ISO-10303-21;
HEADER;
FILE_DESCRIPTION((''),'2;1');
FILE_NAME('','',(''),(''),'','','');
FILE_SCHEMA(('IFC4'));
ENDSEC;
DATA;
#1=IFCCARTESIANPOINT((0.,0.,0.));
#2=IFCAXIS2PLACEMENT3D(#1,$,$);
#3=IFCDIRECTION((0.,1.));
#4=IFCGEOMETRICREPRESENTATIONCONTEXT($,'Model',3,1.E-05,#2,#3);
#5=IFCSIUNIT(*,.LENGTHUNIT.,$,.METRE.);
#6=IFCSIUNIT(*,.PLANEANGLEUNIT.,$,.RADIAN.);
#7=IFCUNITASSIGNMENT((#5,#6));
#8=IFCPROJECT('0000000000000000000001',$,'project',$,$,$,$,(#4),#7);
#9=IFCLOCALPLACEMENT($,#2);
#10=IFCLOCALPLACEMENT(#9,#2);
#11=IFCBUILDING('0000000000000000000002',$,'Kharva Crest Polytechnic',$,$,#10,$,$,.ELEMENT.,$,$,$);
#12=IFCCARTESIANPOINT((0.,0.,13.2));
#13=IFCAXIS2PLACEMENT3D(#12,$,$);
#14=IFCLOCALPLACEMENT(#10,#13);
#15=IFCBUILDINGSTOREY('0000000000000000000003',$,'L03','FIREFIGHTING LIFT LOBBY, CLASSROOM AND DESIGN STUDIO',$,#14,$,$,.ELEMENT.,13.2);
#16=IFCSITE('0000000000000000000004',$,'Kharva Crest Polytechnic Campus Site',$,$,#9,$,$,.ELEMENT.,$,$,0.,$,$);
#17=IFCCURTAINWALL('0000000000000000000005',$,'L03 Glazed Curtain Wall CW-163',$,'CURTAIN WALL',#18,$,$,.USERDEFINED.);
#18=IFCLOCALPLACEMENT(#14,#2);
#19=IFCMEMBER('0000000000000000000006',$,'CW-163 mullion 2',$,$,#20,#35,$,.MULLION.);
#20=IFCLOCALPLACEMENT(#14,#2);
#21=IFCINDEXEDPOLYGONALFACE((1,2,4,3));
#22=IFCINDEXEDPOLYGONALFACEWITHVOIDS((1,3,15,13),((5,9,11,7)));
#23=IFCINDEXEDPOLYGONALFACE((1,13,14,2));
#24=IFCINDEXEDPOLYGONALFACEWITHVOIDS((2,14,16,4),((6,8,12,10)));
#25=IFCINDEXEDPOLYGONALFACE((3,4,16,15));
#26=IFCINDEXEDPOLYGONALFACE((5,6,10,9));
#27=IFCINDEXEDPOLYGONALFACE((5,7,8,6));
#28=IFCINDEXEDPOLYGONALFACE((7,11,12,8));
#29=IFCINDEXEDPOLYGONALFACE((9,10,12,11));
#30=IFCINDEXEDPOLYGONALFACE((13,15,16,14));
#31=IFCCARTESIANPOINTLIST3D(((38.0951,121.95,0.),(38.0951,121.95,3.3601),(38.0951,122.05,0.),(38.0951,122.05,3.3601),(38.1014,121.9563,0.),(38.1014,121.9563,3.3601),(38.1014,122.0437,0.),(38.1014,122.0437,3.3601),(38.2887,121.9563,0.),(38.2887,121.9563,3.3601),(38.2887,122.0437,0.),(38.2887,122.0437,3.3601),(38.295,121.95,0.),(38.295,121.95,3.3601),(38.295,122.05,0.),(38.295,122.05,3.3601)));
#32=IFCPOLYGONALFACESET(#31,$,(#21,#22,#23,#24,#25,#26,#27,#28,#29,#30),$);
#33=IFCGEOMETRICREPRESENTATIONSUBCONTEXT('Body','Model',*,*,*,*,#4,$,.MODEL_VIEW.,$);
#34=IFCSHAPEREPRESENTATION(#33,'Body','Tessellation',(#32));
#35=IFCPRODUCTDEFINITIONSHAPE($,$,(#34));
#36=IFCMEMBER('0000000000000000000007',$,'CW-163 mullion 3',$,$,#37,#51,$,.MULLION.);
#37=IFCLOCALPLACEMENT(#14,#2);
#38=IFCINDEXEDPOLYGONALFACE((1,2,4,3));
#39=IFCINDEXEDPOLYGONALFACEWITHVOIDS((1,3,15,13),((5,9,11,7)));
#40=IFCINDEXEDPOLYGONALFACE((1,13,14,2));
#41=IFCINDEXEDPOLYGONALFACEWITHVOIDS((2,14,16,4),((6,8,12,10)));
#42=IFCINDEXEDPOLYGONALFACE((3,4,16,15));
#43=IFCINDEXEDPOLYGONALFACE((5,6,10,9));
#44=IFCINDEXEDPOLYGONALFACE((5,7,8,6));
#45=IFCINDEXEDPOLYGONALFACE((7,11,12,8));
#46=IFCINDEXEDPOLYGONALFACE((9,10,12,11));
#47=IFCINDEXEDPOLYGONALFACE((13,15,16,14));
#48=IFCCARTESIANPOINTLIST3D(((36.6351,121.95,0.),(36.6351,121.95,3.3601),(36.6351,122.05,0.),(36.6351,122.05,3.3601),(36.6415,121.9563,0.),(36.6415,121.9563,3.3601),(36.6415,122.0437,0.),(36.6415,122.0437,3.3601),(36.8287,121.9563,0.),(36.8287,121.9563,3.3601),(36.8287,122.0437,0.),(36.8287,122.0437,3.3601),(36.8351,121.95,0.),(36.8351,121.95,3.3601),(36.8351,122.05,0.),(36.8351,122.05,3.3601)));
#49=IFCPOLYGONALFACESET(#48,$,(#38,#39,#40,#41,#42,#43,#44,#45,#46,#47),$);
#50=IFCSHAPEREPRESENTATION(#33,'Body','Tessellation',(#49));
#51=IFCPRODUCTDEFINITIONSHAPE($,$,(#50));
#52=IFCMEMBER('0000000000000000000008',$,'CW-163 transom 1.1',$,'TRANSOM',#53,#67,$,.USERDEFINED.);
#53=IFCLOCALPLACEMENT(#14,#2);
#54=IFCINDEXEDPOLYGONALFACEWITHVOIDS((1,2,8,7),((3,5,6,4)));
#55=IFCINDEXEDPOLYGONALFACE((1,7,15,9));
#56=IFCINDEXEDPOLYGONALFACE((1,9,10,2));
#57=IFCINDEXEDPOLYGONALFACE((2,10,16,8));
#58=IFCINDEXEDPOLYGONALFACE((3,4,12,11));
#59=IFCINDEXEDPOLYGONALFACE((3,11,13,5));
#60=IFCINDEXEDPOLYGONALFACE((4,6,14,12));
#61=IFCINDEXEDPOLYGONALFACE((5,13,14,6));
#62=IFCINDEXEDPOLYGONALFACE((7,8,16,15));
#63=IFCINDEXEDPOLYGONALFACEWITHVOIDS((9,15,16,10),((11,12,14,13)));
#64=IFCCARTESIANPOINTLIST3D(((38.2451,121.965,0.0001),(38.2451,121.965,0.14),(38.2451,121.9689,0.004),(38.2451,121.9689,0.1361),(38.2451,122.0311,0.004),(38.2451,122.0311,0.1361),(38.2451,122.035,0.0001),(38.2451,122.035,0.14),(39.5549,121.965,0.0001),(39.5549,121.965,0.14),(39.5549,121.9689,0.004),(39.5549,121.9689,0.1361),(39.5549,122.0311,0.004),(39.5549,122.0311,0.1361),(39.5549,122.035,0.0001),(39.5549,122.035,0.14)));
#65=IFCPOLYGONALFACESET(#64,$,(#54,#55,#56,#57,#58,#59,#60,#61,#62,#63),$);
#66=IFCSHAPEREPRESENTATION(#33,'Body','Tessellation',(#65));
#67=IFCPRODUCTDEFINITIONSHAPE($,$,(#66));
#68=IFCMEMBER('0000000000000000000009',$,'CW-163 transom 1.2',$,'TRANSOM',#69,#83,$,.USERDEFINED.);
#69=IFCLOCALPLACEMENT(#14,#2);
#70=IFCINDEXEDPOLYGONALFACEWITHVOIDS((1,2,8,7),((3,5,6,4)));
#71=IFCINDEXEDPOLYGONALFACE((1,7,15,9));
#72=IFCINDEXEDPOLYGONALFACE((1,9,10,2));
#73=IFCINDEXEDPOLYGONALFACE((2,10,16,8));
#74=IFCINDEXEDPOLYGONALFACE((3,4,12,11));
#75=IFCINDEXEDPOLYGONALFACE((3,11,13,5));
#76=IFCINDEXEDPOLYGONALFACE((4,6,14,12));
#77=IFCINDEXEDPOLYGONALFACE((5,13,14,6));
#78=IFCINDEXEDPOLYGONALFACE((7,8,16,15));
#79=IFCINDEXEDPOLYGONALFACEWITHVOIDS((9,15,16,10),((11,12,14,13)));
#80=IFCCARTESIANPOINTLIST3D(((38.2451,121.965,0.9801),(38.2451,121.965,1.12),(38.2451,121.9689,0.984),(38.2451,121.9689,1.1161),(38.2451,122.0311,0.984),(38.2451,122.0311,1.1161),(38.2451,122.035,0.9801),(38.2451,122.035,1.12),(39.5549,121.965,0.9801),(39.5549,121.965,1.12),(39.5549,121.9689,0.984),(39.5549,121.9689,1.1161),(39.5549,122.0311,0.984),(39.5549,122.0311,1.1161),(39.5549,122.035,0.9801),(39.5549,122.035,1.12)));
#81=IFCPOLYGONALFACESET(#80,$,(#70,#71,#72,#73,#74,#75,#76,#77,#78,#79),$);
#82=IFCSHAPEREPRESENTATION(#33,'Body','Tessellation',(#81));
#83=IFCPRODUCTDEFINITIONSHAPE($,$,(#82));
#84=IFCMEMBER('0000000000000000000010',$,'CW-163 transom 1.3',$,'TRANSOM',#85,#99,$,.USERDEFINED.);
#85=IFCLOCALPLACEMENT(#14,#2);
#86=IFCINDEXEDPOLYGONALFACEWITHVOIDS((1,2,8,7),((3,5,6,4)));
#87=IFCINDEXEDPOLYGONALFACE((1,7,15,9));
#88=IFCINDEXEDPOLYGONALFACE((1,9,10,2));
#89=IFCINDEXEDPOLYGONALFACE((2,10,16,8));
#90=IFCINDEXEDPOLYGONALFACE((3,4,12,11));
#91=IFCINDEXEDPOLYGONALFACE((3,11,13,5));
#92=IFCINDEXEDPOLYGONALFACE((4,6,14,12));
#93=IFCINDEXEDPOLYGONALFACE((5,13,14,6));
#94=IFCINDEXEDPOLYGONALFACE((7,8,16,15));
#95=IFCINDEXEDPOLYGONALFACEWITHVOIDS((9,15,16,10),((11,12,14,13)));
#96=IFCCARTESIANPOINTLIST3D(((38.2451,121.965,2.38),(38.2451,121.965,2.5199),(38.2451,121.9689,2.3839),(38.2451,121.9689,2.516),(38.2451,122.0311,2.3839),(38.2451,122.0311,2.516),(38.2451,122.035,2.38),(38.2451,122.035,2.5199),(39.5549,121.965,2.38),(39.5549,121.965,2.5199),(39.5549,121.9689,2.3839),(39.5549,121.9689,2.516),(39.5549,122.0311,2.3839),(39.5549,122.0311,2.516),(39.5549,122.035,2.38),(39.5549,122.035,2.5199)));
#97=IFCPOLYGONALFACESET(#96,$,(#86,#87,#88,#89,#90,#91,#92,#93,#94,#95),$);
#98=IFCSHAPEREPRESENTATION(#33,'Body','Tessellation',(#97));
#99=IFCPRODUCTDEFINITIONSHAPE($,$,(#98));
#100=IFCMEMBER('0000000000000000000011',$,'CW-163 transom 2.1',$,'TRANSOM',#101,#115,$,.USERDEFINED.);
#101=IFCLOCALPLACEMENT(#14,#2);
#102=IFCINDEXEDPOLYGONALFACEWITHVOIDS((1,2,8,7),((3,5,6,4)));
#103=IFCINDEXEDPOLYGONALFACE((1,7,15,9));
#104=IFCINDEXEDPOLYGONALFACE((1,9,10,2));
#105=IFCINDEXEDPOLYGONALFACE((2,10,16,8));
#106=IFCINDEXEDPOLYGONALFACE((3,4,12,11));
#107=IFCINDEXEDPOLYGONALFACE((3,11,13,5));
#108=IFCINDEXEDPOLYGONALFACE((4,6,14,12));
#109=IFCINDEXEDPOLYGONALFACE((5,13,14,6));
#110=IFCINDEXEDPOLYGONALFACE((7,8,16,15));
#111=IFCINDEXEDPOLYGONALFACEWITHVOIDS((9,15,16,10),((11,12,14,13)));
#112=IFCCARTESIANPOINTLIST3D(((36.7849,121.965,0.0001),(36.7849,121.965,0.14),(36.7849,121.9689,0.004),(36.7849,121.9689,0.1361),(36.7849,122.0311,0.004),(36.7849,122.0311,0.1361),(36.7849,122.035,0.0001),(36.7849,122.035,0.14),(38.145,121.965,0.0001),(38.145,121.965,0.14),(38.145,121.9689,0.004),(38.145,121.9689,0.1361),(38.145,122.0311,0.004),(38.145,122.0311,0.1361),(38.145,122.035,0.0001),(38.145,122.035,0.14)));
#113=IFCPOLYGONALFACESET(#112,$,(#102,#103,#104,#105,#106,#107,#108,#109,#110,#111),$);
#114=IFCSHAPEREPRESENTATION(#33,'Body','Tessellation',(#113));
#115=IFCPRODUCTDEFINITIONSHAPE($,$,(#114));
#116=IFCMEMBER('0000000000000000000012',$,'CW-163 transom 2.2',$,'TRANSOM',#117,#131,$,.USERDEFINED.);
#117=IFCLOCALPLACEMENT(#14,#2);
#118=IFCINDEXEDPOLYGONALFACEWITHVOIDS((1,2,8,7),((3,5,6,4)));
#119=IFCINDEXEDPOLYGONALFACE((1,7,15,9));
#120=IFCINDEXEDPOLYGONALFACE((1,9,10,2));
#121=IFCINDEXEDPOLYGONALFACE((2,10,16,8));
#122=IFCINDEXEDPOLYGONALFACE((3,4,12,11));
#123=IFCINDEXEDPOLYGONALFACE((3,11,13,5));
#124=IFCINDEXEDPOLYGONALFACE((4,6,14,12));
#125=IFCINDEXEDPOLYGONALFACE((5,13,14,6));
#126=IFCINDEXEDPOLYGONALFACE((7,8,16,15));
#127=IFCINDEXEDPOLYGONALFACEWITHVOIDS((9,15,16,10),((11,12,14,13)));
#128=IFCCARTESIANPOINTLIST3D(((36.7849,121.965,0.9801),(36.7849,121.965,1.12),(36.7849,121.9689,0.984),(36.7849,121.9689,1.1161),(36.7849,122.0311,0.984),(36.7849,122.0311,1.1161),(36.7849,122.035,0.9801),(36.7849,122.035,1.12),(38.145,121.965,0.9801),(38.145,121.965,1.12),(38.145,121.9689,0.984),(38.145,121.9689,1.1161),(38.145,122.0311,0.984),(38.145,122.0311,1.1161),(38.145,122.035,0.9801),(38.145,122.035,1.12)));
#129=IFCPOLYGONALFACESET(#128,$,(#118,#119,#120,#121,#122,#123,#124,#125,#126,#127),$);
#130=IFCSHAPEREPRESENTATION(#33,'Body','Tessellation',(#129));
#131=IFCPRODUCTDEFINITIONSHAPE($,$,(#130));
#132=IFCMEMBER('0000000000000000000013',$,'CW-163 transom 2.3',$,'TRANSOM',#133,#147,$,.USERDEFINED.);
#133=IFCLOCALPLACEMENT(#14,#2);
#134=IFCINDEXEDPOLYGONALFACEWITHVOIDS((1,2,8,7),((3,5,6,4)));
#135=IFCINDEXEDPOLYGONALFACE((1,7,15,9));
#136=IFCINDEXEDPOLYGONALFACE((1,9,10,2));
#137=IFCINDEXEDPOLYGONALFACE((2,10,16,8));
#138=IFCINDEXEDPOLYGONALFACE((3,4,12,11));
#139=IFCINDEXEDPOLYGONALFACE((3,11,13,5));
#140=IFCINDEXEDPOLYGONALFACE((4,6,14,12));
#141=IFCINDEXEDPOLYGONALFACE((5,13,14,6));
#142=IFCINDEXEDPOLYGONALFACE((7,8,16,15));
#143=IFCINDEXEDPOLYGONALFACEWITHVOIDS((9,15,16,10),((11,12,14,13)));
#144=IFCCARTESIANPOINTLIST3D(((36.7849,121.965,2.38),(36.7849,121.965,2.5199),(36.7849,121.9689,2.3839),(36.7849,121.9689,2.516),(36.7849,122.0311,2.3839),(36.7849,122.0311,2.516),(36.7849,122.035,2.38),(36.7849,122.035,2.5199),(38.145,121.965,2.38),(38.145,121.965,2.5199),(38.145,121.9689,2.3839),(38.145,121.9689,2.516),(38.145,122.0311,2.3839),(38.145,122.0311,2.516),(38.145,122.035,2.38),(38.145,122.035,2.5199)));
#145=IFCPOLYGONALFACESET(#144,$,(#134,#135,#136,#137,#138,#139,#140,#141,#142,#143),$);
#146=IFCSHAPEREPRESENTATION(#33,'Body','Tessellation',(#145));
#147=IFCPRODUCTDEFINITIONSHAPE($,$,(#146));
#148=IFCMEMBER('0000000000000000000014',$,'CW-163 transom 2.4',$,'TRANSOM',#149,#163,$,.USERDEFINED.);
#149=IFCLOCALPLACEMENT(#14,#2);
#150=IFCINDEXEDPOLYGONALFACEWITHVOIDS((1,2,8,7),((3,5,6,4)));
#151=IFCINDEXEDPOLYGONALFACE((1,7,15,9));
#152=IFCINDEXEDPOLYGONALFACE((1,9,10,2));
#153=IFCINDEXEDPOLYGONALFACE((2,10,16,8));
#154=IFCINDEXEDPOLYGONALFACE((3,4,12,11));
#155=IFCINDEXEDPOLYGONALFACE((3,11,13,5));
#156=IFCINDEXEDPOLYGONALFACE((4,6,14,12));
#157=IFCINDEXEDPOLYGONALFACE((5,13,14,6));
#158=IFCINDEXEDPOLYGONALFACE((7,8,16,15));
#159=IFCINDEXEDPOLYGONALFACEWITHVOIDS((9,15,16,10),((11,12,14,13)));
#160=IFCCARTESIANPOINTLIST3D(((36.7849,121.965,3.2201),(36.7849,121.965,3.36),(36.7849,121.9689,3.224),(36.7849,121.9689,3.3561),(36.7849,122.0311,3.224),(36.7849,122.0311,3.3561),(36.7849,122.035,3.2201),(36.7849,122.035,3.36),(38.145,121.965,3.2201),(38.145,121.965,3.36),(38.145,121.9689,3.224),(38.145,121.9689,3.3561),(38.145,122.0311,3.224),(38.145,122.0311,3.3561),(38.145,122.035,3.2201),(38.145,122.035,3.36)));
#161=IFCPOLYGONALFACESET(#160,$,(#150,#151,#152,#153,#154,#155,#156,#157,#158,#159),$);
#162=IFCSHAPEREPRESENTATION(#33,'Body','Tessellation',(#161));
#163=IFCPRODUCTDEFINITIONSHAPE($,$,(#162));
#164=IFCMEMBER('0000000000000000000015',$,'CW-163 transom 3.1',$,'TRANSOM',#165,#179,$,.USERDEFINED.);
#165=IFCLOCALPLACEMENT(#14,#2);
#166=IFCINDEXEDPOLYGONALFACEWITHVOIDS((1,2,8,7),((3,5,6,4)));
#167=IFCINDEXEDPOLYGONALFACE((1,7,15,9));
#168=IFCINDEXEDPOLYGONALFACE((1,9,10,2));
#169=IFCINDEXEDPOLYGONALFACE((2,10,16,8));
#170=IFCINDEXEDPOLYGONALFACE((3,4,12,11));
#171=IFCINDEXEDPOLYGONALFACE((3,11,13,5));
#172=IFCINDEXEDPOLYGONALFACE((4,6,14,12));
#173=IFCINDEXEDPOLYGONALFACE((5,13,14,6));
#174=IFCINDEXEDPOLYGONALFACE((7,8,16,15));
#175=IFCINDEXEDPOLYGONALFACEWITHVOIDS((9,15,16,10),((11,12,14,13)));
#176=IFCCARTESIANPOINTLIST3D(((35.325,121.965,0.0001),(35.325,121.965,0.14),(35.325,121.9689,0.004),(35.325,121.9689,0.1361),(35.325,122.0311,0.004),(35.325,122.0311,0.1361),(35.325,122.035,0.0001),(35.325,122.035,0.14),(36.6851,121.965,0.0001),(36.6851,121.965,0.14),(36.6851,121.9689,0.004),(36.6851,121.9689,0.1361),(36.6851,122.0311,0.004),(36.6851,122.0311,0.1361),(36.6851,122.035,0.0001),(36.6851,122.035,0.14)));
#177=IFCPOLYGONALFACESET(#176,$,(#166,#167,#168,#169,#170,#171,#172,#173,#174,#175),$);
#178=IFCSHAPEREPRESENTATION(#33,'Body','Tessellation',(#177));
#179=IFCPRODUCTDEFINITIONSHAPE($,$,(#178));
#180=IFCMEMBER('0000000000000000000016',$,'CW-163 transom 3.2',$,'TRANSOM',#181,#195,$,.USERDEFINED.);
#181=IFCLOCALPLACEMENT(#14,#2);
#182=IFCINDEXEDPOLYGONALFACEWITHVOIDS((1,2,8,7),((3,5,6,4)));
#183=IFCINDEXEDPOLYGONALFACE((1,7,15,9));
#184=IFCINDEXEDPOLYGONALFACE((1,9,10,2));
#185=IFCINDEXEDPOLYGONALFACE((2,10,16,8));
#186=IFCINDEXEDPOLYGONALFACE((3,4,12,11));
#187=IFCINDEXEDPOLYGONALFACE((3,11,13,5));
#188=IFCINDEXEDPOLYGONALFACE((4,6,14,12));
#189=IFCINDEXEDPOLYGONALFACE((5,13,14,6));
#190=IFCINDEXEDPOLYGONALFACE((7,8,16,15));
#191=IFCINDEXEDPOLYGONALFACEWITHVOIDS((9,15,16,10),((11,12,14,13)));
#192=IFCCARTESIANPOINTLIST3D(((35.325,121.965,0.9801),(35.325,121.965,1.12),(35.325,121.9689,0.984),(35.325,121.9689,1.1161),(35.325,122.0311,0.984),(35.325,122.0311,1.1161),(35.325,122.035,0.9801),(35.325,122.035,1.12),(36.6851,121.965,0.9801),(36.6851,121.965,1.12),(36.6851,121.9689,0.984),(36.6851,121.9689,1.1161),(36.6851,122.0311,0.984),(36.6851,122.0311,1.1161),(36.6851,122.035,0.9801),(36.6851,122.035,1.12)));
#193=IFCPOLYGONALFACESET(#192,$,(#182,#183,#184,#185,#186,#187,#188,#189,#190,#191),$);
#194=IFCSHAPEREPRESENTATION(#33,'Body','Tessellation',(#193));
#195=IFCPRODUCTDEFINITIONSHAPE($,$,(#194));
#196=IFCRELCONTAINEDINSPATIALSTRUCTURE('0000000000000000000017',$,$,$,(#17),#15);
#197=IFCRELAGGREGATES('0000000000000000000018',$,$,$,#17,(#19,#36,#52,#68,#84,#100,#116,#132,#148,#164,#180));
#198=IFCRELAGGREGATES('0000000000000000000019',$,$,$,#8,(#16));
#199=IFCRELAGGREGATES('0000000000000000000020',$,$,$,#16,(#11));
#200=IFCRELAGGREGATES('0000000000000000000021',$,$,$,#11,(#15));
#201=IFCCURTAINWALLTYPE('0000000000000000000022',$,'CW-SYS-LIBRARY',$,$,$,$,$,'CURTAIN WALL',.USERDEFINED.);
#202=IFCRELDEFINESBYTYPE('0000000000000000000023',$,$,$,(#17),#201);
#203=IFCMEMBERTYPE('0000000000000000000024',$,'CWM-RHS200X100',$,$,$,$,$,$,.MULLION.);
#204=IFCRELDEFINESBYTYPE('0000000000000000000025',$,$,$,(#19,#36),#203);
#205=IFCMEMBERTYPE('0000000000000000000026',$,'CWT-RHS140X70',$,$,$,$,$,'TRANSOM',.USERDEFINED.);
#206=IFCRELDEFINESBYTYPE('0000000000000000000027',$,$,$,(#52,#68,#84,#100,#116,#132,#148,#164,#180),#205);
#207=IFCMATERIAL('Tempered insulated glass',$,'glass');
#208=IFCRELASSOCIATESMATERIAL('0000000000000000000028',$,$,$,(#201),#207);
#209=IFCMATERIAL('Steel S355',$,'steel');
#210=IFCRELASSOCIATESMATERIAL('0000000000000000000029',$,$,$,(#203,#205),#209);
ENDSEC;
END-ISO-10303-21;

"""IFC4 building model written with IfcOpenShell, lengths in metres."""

from ifc_helpers import new_model, si_unit, direction, frame, origin, origin_2d, place, context, subcontext, project, spatial, hollow_rectangle, extrude, material, material_profile, profile_set, type_object, element, aggregate, save


model = new_model("IFC4")

# Units and contexts
model_context = context("Model", 3, precision=1e-05, world=origin(), true_north=direction((0.0, 1.0)))
body_context = subcontext(model_context, "Body", "Model", "MODEL_VIEW")
ifc_project = project(units=[si_unit("LENGTHUNIT", "METRE"), si_unit("PLANEANGLEUNIT", "RADIAN")], contexts=[model_context])

# Site, building, storey
site_placement = place(None, origin())
site = spatial("IfcSite", under=ifc_project, at=site_placement, Name="Kharva Crest Polytechnic Campus Site", CompositionType="ELEMENT", RefElevation=0.0)
building_placement = place(site_placement, origin())
building = spatial("IfcBuilding", under=site, at=building_placement, Name="Kharva Crest Polytechnic", CompositionType="ELEMENT")
storey_placement = place(building_placement, frame((0.0, 0.0, 13.2)))
storey = spatial("IfcBuildingStorey", under=building, at=storey_placement, Name="L03", Description="FIREFIGHTING LIFT LOBBY, CLASSROOM AND DESIGN STUDIO", CompositionType="ELEMENT", Elevation=13.2)

# Curtain wall, members
ifc_material_1 = material(Name="Tempered insulated glass", Category="glass")
curtain_wall_type = type_object("IfcCurtainWallType", Name="CW-SYS-LIBRARY", ElementType="CURTAIN WALL", PredefinedType="USERDEFINED", material=ifc_material_1)
curtain_wall_placement = place(storey_placement, origin())
curtain_wall = element("IfcCurtainWall", 1, at=curtain_wall_placement, inside=storey, type_object=curtain_wall_type, Name="L03 Glazed Curtain Wall CW-163", ObjectType="CURTAIN WALL", PredefinedType="USERDEFINED")
ifc_material_2 = material(Name="Steel S355", Category="steel")
ifc_material_profile_1 = material_profile(ifc_material_2, hollow_rectangle(XDim=0.1001, YDim=0.2, WallThickness=0.0063, at=origin_2d()), Name="RHS 200X100X6.3")
ifc_profile_set_1 = profile_set([ifc_material_profile_1], Name="Steel S355")
member_type_1 = type_object("IfcMemberType", Name="CWM-RHS200X100", PredefinedType="MULLION", material=ifc_profile_set_1)
member_1_placement = place(storey_placement, frame((38.1951, 122.0, 0.0), z_axis=(0.0, 0.0, 1.0), x_axis=(0.0, -1.0, 0.0)))
member_1 = element("IfcMember", 2, at=member_1_placement, type_object=member_type_1, Name="CW-163 mullion 2", PredefinedType="MULLION", context=body_context, shape_type="SweptSolid", body=[
    extrude(hollow_rectangle(XDim=0.1001, YDim=0.2, WallThickness=0.0063, at=origin_2d()), origin(), (0.0, 0.0, 1.0), 3.3601),
])
member_2_placement = place(storey_placement, frame((36.7351, 122.0, 0.0), z_axis=(0.0, 0.0, 1.0), x_axis=(0.0, -1.0, 0.0)))
member_2 = element("IfcMember", 3, at=member_2_placement, type_object=member_type_1, Name="CW-163 mullion 3", PredefinedType="MULLION", context=body_context, shape_type="SweptSolid", body=[
    extrude(hollow_rectangle(XDim=0.1001, YDim=0.2, WallThickness=0.0063, at=origin_2d()), origin(), (0.0, 0.0, 1.0), 3.3601),
])
ifc_material_profile_2 = material_profile(ifc_material_2, hollow_rectangle(XDim=0.0701, YDim=0.1399, WallThickness=0.0039, at=origin_2d()), Name="RHS 140X70X4.0")
ifc_profile_set_2 = profile_set([ifc_material_profile_2], Name="Steel S355")
member_type_2 = type_object("IfcMemberType", Name="CWT-RHS140X70", ElementType="TRANSOM", PredefinedType="USERDEFINED", material=ifc_profile_set_2)
member_3_placement = place(storey_placement, frame((39.5549, 122.0, 0.0701), z_axis=(-1.0, 0.0, 0.0), x_axis=(0.0, -1.0, 0.0)))
member_3 = element("IfcMember", 4, at=member_3_placement, type_object=member_type_2, Name="CW-163 transom 1.1", ObjectType="TRANSOM", PredefinedType="USERDEFINED", context=body_context, shape_type="SweptSolid", body=[
    extrude(hollow_rectangle(XDim=0.0701, YDim=0.1399, WallThickness=0.0039, at=origin_2d()), origin(), (0.0, 0.0, 1.0), 1.3098),
])
member_4_placement = place(storey_placement, frame((39.5549, 122.0, 1.05), z_axis=(-1.0, 0.0, 0.0), x_axis=(0.0, -1.0, 0.0)))
member_4 = element("IfcMember", 5, at=member_4_placement, type_object=member_type_2, Name="CW-163 transom 1.2", ObjectType="TRANSOM", PredefinedType="USERDEFINED", context=body_context, shape_type="SweptSolid", body=[
    extrude(hollow_rectangle(XDim=0.0701, YDim=0.1399, WallThickness=0.0039, at=origin_2d()), origin(), (0.0, 0.0, 1.0), 1.3098),
])
member_5_placement = place(storey_placement, frame((39.5549, 122.0, 2.45), z_axis=(-1.0, 0.0, 0.0), x_axis=(0.0, -1.0, 0.0)))
member_5 = element("IfcMember", 6, at=member_5_placement, type_object=member_type_2, Name="CW-163 transom 1.3", ObjectType="TRANSOM", PredefinedType="USERDEFINED", context=body_context, shape_type="SweptSolid", body=[
    extrude(hollow_rectangle(XDim=0.0701, YDim=0.1399, WallThickness=0.0039, at=origin_2d()), origin(), (0.0, 0.0, 1.0), 1.3098),
])
member_6_placement = place(storey_placement, frame((38.145, 122.0, 0.0701), z_axis=(-1.0, 0.0, 0.0), x_axis=(0.0, -1.0, 0.0)))
member_6 = element("IfcMember", 7, at=member_6_placement, type_object=member_type_2, Name="CW-163 transom 2.1", ObjectType="TRANSOM", PredefinedType="USERDEFINED", context=body_context, shape_type="SweptSolid", body=[
    extrude(hollow_rectangle(XDim=0.0701, YDim=0.1399, WallThickness=0.0039, at=origin_2d()), origin(), (0.0, 0.0, 1.0), 1.3601),
])
member_7_placement = place(storey_placement, frame((38.145, 122.0, 1.05), z_axis=(-1.0, 0.0, 0.0), x_axis=(0.0, -1.0, 0.0)))
member_7 = element("IfcMember", 8, at=member_7_placement, type_object=member_type_2, Name="CW-163 transom 2.2", ObjectType="TRANSOM", PredefinedType="USERDEFINED", context=body_context, shape_type="SweptSolid", body=[
    extrude(hollow_rectangle(XDim=0.0701, YDim=0.1399, WallThickness=0.0039, at=origin_2d()), origin(), (0.0, 0.0, 1.0), 1.3601),
])
member_8_placement = place(storey_placement, frame((38.145, 122.0, 2.45), z_axis=(-1.0, 0.0, 0.0), x_axis=(0.0, -1.0, 0.0)))
member_8 = element("IfcMember", 9, at=member_8_placement, type_object=member_type_2, Name="CW-163 transom 2.3", ObjectType="TRANSOM", PredefinedType="USERDEFINED", context=body_context, shape_type="SweptSolid", body=[
    extrude(hollow_rectangle(XDim=0.0701, YDim=0.1399, WallThickness=0.0039, at=origin_2d()), origin(), (0.0, 0.0, 1.0), 1.3601),
])
member_9_placement = place(storey_placement, frame((38.145, 122.0, 3.29), z_axis=(-1.0, 0.0, 0.0), x_axis=(0.0, -1.0, 0.0)))
member_9 = element("IfcMember", 10, at=member_9_placement, type_object=member_type_2, Name="CW-163 transom 2.4", ObjectType="TRANSOM", PredefinedType="USERDEFINED", context=body_context, shape_type="SweptSolid", body=[
    extrude(hollow_rectangle(XDim=0.0701, YDim=0.1399, WallThickness=0.0039, at=origin_2d()), origin(), (0.0, 0.0, 1.0), 1.3601),
])
member_10_placement = place(storey_placement, frame((36.6851, 122.0, 0.0701), z_axis=(-1.0, 0.0, 0.0), x_axis=(0.0, -1.0, 0.0)))
member_10 = element("IfcMember", 11, at=member_10_placement, type_object=member_type_2, Name="CW-163 transom 3.1", ObjectType="TRANSOM", PredefinedType="USERDEFINED", context=body_context, shape_type="SweptSolid", body=[
    extrude(hollow_rectangle(XDim=0.0701, YDim=0.1399, WallThickness=0.0039, at=origin_2d()), origin(), (0.0, 0.0, 1.0), 1.3601),
])
member_11_placement = place(storey_placement, frame((36.6851, 122.0, 1.05), z_axis=(-1.0, 0.0, 0.0), x_axis=(0.0, -1.0, 0.0)))
member_11 = element("IfcMember", 12, at=member_11_placement, type_object=member_type_2, Name="CW-163 transom 3.2", ObjectType="TRANSOM", PredefinedType="USERDEFINED", context=body_context, shape_type="SweptSolid", body=[
    extrude(hollow_rectangle(XDim=0.0701, YDim=0.1399, WallThickness=0.0039, at=origin_2d()), origin(), (0.0, 0.0, 1.0), 1.3601),
])
aggregate(curtain_wall, [member_1, member_2, member_3, member_4, member_5, member_6, member_7, member_8, member_9, member_10, member_11])

save(model, "model.ifc")
